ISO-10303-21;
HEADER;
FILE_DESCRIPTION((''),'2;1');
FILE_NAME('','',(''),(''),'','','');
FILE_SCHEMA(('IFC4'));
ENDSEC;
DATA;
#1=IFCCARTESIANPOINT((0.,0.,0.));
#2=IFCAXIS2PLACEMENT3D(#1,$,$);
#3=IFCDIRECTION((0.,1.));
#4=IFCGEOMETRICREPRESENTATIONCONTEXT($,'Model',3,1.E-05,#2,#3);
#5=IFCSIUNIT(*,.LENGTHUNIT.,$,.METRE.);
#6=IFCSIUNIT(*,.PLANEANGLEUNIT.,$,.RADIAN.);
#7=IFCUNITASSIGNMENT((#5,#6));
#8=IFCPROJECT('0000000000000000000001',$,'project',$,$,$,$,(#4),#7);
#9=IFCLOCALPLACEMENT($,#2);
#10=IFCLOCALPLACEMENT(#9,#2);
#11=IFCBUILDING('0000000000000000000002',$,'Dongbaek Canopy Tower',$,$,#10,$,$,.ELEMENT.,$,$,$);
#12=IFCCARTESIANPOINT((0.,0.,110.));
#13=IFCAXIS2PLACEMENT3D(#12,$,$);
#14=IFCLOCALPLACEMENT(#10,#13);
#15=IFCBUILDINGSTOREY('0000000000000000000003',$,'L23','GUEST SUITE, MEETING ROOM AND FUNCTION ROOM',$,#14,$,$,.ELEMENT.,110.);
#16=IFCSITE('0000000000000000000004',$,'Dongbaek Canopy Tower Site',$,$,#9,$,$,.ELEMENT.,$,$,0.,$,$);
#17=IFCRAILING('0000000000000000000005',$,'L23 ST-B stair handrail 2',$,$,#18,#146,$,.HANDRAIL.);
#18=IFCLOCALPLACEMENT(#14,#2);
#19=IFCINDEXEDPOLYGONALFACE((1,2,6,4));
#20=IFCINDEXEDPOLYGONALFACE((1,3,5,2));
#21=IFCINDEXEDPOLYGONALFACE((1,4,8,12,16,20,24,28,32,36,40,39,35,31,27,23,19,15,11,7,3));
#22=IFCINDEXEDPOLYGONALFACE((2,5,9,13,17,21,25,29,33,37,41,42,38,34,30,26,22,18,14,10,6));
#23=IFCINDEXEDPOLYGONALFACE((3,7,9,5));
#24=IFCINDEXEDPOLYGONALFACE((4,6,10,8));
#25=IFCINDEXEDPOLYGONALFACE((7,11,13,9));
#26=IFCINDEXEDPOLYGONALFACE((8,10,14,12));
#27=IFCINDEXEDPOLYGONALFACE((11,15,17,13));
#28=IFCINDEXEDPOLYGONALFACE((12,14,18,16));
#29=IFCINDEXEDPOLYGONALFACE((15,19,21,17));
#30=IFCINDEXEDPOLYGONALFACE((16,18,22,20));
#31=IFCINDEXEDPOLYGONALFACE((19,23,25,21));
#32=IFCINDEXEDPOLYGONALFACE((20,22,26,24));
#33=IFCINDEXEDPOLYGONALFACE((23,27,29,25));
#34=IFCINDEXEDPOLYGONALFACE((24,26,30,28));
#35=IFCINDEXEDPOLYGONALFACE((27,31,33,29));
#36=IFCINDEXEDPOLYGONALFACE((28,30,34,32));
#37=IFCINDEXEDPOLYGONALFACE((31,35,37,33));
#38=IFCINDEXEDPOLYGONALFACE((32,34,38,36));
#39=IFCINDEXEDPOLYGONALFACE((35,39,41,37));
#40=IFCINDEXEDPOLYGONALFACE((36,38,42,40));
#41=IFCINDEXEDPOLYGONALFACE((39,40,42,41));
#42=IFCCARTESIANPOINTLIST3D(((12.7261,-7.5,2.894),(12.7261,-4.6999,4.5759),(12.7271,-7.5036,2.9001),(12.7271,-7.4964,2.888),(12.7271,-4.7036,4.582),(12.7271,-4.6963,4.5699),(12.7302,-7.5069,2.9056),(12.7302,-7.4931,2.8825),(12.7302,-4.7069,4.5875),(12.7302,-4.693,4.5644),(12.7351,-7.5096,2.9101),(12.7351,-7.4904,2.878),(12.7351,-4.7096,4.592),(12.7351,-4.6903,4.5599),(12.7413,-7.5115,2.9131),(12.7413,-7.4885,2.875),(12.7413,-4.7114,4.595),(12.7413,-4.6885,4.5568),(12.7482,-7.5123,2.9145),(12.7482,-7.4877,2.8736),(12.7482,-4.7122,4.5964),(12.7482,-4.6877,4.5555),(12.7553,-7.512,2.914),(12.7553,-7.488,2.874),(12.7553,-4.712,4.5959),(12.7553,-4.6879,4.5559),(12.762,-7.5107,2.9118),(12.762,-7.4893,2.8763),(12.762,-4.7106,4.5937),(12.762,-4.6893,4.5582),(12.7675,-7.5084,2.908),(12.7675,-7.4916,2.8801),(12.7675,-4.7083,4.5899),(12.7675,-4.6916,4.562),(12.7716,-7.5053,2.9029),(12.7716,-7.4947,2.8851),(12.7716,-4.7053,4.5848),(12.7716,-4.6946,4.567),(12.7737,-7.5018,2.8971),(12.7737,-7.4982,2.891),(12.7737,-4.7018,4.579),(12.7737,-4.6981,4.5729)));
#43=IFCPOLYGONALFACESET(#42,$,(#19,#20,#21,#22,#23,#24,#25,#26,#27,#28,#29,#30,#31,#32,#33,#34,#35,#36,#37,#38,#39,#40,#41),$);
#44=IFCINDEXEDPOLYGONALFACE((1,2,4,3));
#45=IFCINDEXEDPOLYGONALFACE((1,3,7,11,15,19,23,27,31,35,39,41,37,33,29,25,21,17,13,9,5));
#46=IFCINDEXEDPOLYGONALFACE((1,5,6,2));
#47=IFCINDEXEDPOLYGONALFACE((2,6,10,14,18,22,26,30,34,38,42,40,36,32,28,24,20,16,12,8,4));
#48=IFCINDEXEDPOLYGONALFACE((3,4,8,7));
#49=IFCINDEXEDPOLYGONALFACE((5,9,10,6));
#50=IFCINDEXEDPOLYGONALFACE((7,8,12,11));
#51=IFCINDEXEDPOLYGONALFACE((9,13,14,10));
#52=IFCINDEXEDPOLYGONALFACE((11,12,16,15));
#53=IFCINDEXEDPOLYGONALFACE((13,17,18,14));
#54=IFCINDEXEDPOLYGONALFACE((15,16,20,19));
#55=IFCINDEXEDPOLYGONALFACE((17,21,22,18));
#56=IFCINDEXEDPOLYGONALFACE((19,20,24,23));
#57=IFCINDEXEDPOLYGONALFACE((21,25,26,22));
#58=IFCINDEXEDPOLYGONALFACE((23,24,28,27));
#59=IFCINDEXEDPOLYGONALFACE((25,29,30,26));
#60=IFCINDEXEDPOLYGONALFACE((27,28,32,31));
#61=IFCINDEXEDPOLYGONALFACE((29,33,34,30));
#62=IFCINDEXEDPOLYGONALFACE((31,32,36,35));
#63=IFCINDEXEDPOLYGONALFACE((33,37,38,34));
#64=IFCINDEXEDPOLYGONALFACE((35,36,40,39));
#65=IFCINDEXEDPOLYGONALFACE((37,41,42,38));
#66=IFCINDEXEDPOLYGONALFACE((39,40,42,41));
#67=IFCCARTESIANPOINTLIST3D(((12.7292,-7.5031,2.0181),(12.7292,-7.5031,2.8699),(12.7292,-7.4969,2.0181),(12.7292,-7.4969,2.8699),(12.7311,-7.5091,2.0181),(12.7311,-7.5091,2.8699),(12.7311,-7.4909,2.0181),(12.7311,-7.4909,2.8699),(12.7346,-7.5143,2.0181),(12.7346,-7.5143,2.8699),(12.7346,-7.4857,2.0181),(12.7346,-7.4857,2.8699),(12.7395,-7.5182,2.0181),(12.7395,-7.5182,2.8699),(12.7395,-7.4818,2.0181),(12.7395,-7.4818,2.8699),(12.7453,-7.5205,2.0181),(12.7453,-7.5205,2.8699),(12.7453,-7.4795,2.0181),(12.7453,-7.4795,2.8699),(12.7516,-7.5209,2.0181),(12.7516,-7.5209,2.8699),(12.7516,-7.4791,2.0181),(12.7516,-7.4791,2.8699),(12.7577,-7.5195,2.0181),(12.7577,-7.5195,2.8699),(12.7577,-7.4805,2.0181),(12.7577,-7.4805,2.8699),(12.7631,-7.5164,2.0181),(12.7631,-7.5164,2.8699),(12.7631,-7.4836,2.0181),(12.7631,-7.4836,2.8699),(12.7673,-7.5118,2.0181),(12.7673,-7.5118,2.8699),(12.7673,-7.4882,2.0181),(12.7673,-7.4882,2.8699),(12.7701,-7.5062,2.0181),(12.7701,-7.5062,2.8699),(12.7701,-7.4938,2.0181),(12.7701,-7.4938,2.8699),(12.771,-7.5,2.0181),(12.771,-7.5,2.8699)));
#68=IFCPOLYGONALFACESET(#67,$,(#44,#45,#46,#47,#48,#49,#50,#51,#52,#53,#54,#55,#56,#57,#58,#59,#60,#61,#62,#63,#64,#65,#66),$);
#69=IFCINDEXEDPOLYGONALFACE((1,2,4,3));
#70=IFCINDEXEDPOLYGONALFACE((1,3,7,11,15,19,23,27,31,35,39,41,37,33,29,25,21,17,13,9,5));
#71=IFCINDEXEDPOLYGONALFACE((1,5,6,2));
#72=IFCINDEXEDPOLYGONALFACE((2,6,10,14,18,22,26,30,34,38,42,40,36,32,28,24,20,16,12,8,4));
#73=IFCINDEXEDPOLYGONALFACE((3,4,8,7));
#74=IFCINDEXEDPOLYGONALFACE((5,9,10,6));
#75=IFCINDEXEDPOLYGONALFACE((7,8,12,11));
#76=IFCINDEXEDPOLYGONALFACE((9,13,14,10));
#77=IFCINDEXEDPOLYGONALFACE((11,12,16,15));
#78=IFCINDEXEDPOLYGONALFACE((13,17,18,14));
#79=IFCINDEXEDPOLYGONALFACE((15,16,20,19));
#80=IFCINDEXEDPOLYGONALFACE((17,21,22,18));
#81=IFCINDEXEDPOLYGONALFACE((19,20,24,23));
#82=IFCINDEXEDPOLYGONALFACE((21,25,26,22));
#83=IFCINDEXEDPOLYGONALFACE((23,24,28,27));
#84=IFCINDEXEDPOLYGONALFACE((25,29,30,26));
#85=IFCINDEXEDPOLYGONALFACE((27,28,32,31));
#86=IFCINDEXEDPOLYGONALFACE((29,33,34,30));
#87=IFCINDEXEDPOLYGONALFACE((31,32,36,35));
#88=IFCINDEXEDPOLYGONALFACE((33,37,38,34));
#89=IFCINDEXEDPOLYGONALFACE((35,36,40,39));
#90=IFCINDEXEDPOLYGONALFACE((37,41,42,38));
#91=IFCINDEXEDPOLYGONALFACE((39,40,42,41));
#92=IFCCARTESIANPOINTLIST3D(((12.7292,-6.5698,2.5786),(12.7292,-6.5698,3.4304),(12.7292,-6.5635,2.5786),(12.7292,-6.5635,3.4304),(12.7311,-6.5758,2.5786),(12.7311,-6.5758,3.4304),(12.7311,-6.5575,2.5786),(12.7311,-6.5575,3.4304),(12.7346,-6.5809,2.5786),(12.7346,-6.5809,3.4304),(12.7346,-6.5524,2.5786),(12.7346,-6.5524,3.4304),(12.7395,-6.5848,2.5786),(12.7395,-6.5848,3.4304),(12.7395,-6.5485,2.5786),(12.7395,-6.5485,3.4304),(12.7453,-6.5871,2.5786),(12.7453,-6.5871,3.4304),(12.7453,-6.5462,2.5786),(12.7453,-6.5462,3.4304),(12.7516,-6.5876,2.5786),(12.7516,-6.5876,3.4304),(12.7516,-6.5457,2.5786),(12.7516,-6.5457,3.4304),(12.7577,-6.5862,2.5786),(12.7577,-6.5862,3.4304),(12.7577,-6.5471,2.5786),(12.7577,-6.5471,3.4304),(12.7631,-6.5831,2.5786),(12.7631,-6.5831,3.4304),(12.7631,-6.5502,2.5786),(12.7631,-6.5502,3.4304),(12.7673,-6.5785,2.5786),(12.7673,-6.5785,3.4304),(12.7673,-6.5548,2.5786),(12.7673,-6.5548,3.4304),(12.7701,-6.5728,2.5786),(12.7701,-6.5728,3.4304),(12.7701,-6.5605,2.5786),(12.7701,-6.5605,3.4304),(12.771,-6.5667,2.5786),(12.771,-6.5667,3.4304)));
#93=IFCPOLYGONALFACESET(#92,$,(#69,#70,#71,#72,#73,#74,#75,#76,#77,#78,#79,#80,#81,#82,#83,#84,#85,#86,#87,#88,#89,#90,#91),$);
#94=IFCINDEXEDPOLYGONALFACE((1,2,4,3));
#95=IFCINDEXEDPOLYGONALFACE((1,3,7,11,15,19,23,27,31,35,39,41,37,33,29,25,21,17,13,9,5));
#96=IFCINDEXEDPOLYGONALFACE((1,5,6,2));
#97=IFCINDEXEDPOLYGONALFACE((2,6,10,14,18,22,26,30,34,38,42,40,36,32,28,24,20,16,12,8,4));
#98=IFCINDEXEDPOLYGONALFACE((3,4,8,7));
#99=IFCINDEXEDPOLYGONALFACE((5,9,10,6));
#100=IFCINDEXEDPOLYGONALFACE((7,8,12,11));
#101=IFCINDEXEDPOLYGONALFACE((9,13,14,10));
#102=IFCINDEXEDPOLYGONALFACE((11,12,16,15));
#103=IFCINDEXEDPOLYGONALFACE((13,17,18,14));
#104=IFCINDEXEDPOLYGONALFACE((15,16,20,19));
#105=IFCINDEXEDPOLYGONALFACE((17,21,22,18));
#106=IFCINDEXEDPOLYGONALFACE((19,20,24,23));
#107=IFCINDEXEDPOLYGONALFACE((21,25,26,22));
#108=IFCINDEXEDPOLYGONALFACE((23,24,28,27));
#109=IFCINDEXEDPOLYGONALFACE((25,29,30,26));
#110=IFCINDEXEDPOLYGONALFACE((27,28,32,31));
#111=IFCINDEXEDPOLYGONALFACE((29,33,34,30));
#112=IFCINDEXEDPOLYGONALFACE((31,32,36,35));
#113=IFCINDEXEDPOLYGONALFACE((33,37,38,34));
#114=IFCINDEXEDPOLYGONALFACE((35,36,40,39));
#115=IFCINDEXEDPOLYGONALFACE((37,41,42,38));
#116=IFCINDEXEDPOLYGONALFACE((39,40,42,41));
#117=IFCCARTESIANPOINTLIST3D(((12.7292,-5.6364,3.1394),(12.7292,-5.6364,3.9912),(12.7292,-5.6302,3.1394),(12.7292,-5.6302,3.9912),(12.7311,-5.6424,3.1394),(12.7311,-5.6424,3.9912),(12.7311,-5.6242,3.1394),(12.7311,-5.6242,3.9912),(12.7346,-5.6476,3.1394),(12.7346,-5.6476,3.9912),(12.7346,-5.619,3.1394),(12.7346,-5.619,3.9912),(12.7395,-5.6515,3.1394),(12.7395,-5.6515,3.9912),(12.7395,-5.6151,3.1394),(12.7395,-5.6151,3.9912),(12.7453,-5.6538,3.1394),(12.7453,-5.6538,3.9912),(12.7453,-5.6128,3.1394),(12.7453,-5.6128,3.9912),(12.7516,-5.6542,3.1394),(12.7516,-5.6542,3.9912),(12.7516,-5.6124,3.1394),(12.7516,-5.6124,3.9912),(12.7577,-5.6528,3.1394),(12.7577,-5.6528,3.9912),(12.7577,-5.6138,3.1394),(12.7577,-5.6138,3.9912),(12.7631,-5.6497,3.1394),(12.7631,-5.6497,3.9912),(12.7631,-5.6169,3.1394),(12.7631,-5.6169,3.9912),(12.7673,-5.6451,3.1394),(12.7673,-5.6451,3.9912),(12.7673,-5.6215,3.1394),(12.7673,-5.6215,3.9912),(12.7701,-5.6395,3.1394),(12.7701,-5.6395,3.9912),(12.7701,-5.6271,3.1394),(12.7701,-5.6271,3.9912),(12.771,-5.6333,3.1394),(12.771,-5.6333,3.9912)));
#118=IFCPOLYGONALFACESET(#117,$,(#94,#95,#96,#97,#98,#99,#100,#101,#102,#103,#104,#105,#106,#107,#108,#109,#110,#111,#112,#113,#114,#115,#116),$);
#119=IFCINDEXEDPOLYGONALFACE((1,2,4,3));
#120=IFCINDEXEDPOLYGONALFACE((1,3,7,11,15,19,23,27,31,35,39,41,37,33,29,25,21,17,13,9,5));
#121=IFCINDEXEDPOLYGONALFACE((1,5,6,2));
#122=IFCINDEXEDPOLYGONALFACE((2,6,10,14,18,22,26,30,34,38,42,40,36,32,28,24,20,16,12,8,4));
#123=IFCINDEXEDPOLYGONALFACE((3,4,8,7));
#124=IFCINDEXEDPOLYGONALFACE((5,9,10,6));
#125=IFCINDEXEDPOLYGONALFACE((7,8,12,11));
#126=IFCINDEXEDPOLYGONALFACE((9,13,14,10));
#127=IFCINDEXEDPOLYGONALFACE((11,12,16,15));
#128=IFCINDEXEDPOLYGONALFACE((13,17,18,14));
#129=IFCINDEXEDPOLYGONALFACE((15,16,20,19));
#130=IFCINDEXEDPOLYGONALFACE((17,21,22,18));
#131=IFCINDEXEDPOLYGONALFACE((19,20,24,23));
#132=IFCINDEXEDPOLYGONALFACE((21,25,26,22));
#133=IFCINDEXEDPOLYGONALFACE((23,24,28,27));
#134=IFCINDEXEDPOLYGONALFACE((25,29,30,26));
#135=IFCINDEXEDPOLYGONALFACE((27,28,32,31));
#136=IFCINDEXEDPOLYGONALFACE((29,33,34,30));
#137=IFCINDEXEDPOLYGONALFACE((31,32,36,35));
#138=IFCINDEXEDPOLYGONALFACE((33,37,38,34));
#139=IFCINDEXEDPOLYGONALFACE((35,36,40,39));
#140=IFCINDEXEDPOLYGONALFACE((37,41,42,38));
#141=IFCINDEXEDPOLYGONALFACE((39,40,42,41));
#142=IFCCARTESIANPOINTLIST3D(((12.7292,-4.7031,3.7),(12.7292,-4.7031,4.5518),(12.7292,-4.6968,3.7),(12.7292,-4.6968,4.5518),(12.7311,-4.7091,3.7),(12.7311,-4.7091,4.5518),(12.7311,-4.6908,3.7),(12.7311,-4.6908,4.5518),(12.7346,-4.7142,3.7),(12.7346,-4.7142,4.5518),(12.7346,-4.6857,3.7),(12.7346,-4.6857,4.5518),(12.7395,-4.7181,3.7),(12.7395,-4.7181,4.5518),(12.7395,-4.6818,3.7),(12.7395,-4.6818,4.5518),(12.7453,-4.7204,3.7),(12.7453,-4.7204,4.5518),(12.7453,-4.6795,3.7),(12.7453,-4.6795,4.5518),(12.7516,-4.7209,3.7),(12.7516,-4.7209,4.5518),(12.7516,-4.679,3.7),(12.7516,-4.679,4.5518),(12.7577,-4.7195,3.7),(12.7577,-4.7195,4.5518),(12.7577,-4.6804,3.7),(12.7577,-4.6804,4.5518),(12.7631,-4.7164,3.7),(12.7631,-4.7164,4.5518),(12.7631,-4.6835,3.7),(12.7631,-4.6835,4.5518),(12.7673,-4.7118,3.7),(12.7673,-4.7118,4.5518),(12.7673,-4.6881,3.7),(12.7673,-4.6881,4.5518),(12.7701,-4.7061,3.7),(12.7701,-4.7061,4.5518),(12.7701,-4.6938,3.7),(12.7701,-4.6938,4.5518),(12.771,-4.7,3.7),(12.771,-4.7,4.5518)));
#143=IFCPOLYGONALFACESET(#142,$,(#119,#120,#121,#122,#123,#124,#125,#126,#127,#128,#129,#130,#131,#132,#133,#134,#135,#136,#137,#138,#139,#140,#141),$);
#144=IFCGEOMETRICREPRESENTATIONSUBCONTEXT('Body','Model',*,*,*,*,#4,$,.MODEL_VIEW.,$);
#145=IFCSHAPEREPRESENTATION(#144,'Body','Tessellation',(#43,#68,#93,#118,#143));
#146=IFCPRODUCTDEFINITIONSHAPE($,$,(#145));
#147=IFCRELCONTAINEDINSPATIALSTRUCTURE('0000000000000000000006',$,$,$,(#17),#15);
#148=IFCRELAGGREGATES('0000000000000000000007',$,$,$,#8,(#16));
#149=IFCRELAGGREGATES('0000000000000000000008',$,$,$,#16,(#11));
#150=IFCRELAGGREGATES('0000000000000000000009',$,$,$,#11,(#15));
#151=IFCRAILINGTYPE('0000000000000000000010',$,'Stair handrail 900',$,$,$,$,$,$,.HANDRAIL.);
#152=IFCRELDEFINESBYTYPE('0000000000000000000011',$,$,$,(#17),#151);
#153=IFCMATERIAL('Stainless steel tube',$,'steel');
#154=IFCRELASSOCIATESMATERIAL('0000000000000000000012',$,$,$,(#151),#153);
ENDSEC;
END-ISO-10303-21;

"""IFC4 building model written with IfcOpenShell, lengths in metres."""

from ifc_helpers import new_model, si_unit, direction, frame, origin, origin_2d, place, context, subcontext, project, spatial, circle, extrude, material, type_object, element, save


model = new_model("IFC4")

# Units and contexts
model_context = context("Model", 3, precision=1e-05, world=origin(), true_north=direction((0.0, 1.0)))
body_context = subcontext(model_context, "Body", "Model", "MODEL_VIEW")
ifc_project = project(units=[si_unit("LENGTHUNIT", "METRE"), si_unit("PLANEANGLEUNIT", "RADIAN")], contexts=[model_context])

# Site, building, storey
site_placement = place(None, origin())
site = spatial("IfcSite", under=ifc_project, at=site_placement, Name="Dongbaek Canopy Tower Site", CompositionType="ELEMENT", RefElevation=0.0)
building_placement = place(site_placement, origin())
building = spatial("IfcBuilding", under=site, at=building_placement, Name="Dongbaek Canopy Tower", CompositionType="ELEMENT")
storey_placement = place(building_placement, frame((0.0, 0.0, 110.0)))
storey = spatial("IfcBuildingStorey", under=building, at=storey_placement, Name="L23", Description="GUEST SUITE, MEETING ROOM AND FUNCTION ROOM", CompositionType="ELEMENT", Elevation=110.0)

# Railing
ifc_material_1 = material(Name="Stainless steel tube", Category="steel")
railing_type_1 = type_object("IfcRailingType", Name="Stair handrail 900", PredefinedType="HANDRAIL", material=ifc_material_1)
railing_1_placement = place(storey_placement, frame((12.75, -7.5, 2.0181)))
element("IfcRailing", 1, at=railing_1_placement, inside=storey, type_object=railing_type_1, Name="L23 ST-B stair handrail 2", PredefinedType="HANDRAIL", context=body_context, shape_type="SweptSolid", body=[
    extrude(circle(Radius=0.0239, at=origin_2d()), frame((0.0, 0.0, 0.876), z_axis=(0.0, 0.857242, 0.514913), x_axis=(-1.0, 0.0, 0.0)), (0.0, 0.0, 1.0), 3.2664),
    extrude(circle(Radius=0.021, at=origin_2d()), origin(), (0.0, 0.0, 1.0), 0.8518),
    extrude(circle(Radius=0.021, at=origin_2d()), frame((0.0, 0.9333, 0.5605)), (0.0, 0.0, 1.0), 0.8518),
    extrude(circle(Radius=0.021, at=origin_2d()), frame((0.0, 1.8667, 1.1213)), (0.0, 0.0, 1.0), 0.8518),
    extrude(circle(Radius=0.021, at=origin_2d()), frame((0.0, 2.8, 1.6819)), (0.0, 0.0, 1.0), 0.8518),
])

save(model, "model.ifc")
